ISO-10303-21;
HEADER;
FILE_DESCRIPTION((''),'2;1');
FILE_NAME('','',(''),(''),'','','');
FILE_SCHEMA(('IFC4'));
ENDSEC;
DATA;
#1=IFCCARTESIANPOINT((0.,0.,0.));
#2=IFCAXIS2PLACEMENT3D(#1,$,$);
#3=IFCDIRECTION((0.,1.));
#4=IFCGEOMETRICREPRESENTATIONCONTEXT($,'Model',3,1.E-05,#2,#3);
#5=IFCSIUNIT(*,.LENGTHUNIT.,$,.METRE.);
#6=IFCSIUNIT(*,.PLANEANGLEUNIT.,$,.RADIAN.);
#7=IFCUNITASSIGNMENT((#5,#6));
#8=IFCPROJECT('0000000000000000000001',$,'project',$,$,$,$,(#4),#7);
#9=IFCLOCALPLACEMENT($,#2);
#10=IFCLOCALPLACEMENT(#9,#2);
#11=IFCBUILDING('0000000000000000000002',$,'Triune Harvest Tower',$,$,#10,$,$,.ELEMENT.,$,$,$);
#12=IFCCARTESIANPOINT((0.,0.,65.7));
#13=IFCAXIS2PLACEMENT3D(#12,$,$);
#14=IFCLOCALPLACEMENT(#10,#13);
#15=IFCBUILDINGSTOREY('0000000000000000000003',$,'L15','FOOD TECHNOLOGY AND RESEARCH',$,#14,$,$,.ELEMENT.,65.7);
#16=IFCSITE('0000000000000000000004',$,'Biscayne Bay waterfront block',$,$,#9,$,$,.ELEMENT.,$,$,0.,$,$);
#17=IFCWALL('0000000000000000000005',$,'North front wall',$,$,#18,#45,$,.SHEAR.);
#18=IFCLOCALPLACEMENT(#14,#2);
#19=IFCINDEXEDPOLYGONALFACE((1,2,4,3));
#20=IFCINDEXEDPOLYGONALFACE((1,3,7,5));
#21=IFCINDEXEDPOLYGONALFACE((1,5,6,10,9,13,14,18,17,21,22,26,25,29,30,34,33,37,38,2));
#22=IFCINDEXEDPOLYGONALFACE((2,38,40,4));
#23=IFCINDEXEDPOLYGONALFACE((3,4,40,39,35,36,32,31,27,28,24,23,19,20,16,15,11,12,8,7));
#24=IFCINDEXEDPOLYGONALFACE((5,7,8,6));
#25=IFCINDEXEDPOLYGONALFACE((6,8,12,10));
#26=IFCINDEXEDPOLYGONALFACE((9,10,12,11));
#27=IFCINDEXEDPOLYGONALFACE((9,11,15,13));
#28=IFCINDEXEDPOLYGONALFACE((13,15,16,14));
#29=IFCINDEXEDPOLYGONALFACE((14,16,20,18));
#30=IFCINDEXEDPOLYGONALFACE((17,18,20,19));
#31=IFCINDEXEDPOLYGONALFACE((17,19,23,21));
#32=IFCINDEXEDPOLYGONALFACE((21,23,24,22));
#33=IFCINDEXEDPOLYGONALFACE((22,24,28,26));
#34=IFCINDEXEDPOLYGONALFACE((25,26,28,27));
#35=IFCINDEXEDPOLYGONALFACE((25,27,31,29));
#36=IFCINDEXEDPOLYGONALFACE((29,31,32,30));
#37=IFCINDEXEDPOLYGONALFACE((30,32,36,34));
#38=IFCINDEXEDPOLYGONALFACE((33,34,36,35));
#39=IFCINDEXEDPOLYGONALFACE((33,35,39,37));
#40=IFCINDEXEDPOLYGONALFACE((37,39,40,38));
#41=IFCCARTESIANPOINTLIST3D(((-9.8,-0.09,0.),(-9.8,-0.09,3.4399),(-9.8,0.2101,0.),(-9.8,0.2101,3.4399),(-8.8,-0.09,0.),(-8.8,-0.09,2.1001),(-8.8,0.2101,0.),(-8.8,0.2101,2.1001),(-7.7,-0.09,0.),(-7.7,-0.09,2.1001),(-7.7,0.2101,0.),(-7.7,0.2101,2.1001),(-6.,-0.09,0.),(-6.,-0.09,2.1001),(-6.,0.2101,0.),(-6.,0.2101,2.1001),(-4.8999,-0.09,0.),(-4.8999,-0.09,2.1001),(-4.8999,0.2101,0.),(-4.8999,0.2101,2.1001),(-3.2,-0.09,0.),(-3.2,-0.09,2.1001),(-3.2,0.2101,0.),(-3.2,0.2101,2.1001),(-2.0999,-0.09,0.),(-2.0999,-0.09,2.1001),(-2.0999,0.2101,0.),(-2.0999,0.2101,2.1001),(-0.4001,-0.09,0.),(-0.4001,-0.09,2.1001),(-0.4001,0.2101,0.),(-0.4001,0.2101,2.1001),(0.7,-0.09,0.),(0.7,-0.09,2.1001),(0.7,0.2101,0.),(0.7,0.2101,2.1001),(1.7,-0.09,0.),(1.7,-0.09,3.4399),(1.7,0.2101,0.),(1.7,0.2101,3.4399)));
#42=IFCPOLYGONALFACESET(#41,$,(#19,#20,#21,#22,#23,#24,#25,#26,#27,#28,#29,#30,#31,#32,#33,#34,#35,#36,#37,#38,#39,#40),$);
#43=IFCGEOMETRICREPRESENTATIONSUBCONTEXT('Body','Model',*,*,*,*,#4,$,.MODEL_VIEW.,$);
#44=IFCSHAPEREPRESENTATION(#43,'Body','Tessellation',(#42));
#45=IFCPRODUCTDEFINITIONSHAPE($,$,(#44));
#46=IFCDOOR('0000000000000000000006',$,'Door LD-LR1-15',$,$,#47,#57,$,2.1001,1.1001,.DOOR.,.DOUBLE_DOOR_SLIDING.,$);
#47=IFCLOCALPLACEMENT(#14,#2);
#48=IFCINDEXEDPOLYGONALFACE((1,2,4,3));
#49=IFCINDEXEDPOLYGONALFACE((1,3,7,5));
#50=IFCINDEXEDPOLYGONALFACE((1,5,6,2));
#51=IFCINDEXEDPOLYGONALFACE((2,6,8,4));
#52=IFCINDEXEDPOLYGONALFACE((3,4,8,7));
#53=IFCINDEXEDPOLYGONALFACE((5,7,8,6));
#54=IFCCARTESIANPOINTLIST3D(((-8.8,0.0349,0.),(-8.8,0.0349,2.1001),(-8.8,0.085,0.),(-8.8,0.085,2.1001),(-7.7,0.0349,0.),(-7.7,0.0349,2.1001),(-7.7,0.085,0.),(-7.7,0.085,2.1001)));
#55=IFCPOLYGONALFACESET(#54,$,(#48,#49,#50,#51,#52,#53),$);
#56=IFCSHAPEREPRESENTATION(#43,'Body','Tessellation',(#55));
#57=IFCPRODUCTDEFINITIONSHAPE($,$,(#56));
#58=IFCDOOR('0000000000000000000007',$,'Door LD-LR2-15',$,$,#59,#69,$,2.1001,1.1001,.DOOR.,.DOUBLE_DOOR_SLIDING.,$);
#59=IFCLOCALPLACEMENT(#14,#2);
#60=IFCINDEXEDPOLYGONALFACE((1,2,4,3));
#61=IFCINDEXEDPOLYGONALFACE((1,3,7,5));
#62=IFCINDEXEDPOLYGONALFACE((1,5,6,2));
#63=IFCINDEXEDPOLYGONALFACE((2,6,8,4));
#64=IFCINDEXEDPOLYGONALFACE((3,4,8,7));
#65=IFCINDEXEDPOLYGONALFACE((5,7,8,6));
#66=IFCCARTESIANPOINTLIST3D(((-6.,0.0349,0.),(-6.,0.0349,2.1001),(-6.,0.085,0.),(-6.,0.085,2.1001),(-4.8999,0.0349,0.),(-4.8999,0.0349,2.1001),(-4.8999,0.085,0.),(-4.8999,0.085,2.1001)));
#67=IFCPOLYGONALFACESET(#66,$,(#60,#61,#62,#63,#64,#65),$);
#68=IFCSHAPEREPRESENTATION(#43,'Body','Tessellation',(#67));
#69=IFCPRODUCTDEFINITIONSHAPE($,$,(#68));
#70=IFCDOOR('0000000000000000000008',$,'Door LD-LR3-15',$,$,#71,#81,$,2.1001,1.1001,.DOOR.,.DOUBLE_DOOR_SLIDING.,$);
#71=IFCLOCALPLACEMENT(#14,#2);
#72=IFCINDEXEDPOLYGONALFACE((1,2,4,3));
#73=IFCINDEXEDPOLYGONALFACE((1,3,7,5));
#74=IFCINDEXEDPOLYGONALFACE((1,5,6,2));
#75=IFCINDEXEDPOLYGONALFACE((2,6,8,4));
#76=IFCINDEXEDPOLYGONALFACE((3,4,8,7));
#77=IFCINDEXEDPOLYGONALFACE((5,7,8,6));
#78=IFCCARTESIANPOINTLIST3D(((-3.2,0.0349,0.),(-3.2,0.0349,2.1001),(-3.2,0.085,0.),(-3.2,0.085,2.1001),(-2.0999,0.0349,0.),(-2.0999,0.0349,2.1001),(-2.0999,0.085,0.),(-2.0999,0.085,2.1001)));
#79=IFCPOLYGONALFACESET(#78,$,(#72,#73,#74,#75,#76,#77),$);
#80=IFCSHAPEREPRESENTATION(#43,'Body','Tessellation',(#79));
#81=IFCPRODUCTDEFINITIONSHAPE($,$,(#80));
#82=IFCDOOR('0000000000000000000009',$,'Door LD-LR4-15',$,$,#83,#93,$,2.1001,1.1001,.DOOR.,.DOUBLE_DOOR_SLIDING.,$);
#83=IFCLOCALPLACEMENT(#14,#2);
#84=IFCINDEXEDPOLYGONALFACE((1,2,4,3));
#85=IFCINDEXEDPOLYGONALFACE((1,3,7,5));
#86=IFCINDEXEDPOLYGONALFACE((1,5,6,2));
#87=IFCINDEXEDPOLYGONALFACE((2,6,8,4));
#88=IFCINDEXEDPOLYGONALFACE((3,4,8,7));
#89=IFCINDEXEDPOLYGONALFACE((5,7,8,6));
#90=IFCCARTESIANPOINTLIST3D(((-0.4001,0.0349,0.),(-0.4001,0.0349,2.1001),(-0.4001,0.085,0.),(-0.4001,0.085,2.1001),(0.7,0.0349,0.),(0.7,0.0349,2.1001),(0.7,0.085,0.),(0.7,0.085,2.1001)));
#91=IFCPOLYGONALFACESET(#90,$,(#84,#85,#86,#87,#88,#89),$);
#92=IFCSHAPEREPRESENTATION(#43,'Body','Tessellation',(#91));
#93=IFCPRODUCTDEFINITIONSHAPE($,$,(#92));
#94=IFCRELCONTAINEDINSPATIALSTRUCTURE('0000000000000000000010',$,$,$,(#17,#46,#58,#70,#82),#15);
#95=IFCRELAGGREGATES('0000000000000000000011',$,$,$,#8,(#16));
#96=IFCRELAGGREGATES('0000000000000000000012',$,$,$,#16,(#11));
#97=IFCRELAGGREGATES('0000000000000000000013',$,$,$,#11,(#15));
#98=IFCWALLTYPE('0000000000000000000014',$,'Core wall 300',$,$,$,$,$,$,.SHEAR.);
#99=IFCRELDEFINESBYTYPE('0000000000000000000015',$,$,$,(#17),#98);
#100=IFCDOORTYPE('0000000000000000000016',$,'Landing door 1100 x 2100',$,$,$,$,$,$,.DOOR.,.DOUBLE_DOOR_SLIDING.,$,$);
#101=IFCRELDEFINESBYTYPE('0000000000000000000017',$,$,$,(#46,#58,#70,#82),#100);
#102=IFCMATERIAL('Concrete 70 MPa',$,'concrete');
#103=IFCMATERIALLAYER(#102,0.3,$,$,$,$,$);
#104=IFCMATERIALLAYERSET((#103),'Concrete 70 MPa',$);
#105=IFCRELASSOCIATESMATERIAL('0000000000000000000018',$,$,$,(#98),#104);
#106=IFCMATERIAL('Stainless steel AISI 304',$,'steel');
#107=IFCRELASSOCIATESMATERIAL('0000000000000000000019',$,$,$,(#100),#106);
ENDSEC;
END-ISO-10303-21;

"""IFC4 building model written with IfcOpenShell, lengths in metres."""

from ifc_helpers import new_model, si_unit, direction, frame, frame_2d, origin, place, context, subcontext, project, spatial, rectangle, extrude, source, transform, mapped, material, layer, layer_set, type_object, element, fill, save


model = new_model("IFC4")

# Units and contexts
model_context = context("Model", 3, precision=1e-05, world=origin(), true_north=direction((0.0, 1.0)))
body_context = subcontext(model_context, "Body", "Model", "MODEL_VIEW")
ifc_project = project(units=[si_unit("LENGTHUNIT", "METRE"), si_unit("PLANEANGLEUNIT", "RADIAN")], contexts=[model_context])

# Site, building, storey
site_placement = place(None, origin())
site = spatial("IfcSite", under=ifc_project, at=site_placement, Name="Biscayne Bay waterfront block", CompositionType="ELEMENT", RefElevation=0.0)
building_placement = place(site_placement, origin())
building = spatial("IfcBuilding", under=site, at=building_placement, Name="Triune Harvest Tower", CompositionType="ELEMENT")
storey_placement = place(building_placement, frame((0.0, 0.0, 65.7)))
storey = spatial("IfcBuildingStorey", under=building, at=storey_placement, Name="L15", Description="FOOD TECHNOLOGY AND RESEARCH", CompositionType="ELEMENT", Elevation=65.7)

# Wall, openings, doors
ifc_material_1 = material(Name="Concrete 70 MPa", Category="concrete")
ifc_layer_1 = layer(ifc_material_1, 0.3)
ifc_layer_set_1 = layer_set([ifc_layer_1], Name="Concrete 70 MPa")
wall_type_1 = type_object("IfcWallType", Name="Core wall 300", PredefinedType="SHEAR", material=ifc_layer_set_1)
shared_shape_1 = source(origin(), body_context, "Body", "SweptSolid", [
    extrude(rectangle(XDim=11.5, YDim=0.3, at=frame_2d((5.75, 0.0))), origin(), (0.0, 0.0, 1.0), 3.4399),
])
wall_1_placement = place(storey_placement, frame((-9.8, 0.0601, 0.0), z_axis=(0.0, 0.0, 1.0), x_axis=(1.0, 0.0, 0.0)))
wall_1 = element("IfcWall", 1, at=wall_1_placement, inside=storey, type_object=wall_type_1, Name="North front wall", PredefinedType="SHEAR", context=body_context, shape_type="MappedRepresentation", body=[
    mapped(shared_shape_1, transform((0.0, 0.0, 0.0), scale=1.0)),
])
opening_1_placement = place(wall_1_placement, frame((1.0, 0.0, 0.0)))
opening_1 = element("IfcOpeningElement", 2, at=opening_1_placement, cuts=wall_1, PredefinedType="OPENING", context=body_context, shape_type="SweptSolid", body=[
    extrude(rectangle(XDim=1.1001, YDim=2.1001, at=frame_2d((0.55, 1.05))), frame((0.0, 0.1602, 0.0), z_axis=(0.0, -1.0, 0.0), x_axis=(1.0, 0.0, 0.0)), (0.0, 0.0, 1.0), 0.3201),
])
opening_2_placement = place(wall_1_placement, frame((3.8, 0.0, 0.0)))
opening_2 = element("IfcOpeningElement", 3, at=opening_2_placement, cuts=wall_1, PredefinedType="OPENING", context=body_context, shape_type="SweptSolid", body=[
    extrude(rectangle(XDim=1.1001, YDim=2.1001, at=frame_2d((0.55, 1.05))), frame((0.0, 0.1602, 0.0), z_axis=(0.0, -1.0, 0.0), x_axis=(1.0, 0.0, 0.0)), (0.0, 0.0, 1.0), 0.3201),
])
opening_3_placement = place(wall_1_placement, frame((6.6001, 0.0, 0.0)))
opening_3 = element("IfcOpeningElement", 4, at=opening_3_placement, cuts=wall_1, PredefinedType="OPENING", context=body_context, shape_type="SweptSolid", body=[
    extrude(rectangle(XDim=1.1001, YDim=2.1001, at=frame_2d((0.55, 1.05))), frame((0.0, 0.1602, 0.0), z_axis=(0.0, -1.0, 0.0), x_axis=(1.0, 0.0, 0.0)), (0.0, 0.0, 1.0), 0.3201),
])
opening_4_placement = place(wall_1_placement, frame((9.3999, 0.0, 0.0)))
opening_4 = element("IfcOpeningElement", 5, at=opening_4_placement, cuts=wall_1, PredefinedType="OPENING", context=body_context, shape_type="SweptSolid", body=[
    extrude(rectangle(XDim=1.1001, YDim=2.1001, at=frame_2d((0.55, 1.05))), frame((0.0, 0.1602, 0.0), z_axis=(0.0, -1.0, 0.0), x_axis=(1.0, 0.0, 0.0)), (0.0, 0.0, 1.0), 0.3201),
])
ifc_material_2 = material(Name="Stainless steel AISI 304", Category="steel")
door_type_1 = type_object("IfcDoorType", Name="Landing door 1100 x 2100", OperationType="DOUBLE_DOOR_SLIDING", PredefinedType="DOOR", material=ifc_material_2)
door_1_placement = place(opening_1_placement, origin())
door_1 = element("IfcDoor", 6, at=door_1_placement, inside=storey, type_object=door_type_1, Name="Door LD-LR1-15", OperationType="DOUBLE_DOOR_SLIDING", OverallHeight=2.1001, OverallWidth=1.1001, PredefinedType="DOOR", context=body_context, shape_type="SweptSolid", body=[
    extrude(rectangle(XDim=1.1001, YDim=2.1001, at=frame_2d((0.55, 1.05))), frame((0.0, 0.0249, 0.0), z_axis=(0.0, -1.0, 0.0), x_axis=(1.0, 0.0, 0.0)), (0.0, 0.0, 1.0), 0.05),
])
fill(opening_1, door_1)
door_2_placement = place(opening_2_placement, origin())
door_2 = element("IfcDoor", 7, at=door_2_placement, inside=storey, type_object=door_type_1, Name="Door LD-LR2-15", OperationType="DOUBLE_DOOR_SLIDING", OverallHeight=2.1001, OverallWidth=1.1001, PredefinedType="DOOR", context=body_context, shape_type="SweptSolid", body=[
    extrude(rectangle(XDim=1.1001, YDim=2.1001, at=frame_2d((0.55, 1.05))), frame((0.0, 0.0249, 0.0), z_axis=(0.0, -1.0, 0.0), x_axis=(1.0, 0.0, 0.0)), (0.0, 0.0, 1.0), 0.05),
])
fill(opening_2, door_2)
door_3_placement = place(opening_3_placement, origin())
door_3 = element("IfcDoor", 8, at=door_3_placement, inside=storey, type_object=door_type_1, Name="Door LD-LR3-15", OperationType="DOUBLE_DOOR_SLIDING", OverallHeight=2.1001, OverallWidth=1.1001, PredefinedType="DOOR", context=body_context, shape_type="SweptSolid", body=[
    extrude(rectangle(XDim=1.1001, YDim=2.1001, at=frame_2d((0.55, 1.05))), frame((0.0, 0.0249, 0.0), z_axis=(0.0, -1.0, 0.0), x_axis=(1.0, 0.0, 0.0)), (0.0, 0.0, 1.0), 0.05),
])
fill(opening_3, door_3)
door_4_placement = place(opening_4_placement, origin())
door_4 = element("IfcDoor", 9, at=door_4_placement, inside=storey, type_object=door_type_1, Name="Door LD-LR4-15", OperationType="DOUBLE_DOOR_SLIDING", OverallHeight=2.1001, OverallWidth=1.1001, PredefinedType="DOOR", context=body_context, shape_type="SweptSolid", body=[
    extrude(rectangle(XDim=1.1001, YDim=2.1001, at=frame_2d((0.55, 1.05))), frame((0.0, 0.0249, 0.0), z_axis=(0.0, -1.0, 0.0), x_axis=(1.0, 0.0, 0.0)), (0.0, 0.0, 1.0), 0.05),
])
fill(opening_4, door_4)

save(model, "model.ifc")
